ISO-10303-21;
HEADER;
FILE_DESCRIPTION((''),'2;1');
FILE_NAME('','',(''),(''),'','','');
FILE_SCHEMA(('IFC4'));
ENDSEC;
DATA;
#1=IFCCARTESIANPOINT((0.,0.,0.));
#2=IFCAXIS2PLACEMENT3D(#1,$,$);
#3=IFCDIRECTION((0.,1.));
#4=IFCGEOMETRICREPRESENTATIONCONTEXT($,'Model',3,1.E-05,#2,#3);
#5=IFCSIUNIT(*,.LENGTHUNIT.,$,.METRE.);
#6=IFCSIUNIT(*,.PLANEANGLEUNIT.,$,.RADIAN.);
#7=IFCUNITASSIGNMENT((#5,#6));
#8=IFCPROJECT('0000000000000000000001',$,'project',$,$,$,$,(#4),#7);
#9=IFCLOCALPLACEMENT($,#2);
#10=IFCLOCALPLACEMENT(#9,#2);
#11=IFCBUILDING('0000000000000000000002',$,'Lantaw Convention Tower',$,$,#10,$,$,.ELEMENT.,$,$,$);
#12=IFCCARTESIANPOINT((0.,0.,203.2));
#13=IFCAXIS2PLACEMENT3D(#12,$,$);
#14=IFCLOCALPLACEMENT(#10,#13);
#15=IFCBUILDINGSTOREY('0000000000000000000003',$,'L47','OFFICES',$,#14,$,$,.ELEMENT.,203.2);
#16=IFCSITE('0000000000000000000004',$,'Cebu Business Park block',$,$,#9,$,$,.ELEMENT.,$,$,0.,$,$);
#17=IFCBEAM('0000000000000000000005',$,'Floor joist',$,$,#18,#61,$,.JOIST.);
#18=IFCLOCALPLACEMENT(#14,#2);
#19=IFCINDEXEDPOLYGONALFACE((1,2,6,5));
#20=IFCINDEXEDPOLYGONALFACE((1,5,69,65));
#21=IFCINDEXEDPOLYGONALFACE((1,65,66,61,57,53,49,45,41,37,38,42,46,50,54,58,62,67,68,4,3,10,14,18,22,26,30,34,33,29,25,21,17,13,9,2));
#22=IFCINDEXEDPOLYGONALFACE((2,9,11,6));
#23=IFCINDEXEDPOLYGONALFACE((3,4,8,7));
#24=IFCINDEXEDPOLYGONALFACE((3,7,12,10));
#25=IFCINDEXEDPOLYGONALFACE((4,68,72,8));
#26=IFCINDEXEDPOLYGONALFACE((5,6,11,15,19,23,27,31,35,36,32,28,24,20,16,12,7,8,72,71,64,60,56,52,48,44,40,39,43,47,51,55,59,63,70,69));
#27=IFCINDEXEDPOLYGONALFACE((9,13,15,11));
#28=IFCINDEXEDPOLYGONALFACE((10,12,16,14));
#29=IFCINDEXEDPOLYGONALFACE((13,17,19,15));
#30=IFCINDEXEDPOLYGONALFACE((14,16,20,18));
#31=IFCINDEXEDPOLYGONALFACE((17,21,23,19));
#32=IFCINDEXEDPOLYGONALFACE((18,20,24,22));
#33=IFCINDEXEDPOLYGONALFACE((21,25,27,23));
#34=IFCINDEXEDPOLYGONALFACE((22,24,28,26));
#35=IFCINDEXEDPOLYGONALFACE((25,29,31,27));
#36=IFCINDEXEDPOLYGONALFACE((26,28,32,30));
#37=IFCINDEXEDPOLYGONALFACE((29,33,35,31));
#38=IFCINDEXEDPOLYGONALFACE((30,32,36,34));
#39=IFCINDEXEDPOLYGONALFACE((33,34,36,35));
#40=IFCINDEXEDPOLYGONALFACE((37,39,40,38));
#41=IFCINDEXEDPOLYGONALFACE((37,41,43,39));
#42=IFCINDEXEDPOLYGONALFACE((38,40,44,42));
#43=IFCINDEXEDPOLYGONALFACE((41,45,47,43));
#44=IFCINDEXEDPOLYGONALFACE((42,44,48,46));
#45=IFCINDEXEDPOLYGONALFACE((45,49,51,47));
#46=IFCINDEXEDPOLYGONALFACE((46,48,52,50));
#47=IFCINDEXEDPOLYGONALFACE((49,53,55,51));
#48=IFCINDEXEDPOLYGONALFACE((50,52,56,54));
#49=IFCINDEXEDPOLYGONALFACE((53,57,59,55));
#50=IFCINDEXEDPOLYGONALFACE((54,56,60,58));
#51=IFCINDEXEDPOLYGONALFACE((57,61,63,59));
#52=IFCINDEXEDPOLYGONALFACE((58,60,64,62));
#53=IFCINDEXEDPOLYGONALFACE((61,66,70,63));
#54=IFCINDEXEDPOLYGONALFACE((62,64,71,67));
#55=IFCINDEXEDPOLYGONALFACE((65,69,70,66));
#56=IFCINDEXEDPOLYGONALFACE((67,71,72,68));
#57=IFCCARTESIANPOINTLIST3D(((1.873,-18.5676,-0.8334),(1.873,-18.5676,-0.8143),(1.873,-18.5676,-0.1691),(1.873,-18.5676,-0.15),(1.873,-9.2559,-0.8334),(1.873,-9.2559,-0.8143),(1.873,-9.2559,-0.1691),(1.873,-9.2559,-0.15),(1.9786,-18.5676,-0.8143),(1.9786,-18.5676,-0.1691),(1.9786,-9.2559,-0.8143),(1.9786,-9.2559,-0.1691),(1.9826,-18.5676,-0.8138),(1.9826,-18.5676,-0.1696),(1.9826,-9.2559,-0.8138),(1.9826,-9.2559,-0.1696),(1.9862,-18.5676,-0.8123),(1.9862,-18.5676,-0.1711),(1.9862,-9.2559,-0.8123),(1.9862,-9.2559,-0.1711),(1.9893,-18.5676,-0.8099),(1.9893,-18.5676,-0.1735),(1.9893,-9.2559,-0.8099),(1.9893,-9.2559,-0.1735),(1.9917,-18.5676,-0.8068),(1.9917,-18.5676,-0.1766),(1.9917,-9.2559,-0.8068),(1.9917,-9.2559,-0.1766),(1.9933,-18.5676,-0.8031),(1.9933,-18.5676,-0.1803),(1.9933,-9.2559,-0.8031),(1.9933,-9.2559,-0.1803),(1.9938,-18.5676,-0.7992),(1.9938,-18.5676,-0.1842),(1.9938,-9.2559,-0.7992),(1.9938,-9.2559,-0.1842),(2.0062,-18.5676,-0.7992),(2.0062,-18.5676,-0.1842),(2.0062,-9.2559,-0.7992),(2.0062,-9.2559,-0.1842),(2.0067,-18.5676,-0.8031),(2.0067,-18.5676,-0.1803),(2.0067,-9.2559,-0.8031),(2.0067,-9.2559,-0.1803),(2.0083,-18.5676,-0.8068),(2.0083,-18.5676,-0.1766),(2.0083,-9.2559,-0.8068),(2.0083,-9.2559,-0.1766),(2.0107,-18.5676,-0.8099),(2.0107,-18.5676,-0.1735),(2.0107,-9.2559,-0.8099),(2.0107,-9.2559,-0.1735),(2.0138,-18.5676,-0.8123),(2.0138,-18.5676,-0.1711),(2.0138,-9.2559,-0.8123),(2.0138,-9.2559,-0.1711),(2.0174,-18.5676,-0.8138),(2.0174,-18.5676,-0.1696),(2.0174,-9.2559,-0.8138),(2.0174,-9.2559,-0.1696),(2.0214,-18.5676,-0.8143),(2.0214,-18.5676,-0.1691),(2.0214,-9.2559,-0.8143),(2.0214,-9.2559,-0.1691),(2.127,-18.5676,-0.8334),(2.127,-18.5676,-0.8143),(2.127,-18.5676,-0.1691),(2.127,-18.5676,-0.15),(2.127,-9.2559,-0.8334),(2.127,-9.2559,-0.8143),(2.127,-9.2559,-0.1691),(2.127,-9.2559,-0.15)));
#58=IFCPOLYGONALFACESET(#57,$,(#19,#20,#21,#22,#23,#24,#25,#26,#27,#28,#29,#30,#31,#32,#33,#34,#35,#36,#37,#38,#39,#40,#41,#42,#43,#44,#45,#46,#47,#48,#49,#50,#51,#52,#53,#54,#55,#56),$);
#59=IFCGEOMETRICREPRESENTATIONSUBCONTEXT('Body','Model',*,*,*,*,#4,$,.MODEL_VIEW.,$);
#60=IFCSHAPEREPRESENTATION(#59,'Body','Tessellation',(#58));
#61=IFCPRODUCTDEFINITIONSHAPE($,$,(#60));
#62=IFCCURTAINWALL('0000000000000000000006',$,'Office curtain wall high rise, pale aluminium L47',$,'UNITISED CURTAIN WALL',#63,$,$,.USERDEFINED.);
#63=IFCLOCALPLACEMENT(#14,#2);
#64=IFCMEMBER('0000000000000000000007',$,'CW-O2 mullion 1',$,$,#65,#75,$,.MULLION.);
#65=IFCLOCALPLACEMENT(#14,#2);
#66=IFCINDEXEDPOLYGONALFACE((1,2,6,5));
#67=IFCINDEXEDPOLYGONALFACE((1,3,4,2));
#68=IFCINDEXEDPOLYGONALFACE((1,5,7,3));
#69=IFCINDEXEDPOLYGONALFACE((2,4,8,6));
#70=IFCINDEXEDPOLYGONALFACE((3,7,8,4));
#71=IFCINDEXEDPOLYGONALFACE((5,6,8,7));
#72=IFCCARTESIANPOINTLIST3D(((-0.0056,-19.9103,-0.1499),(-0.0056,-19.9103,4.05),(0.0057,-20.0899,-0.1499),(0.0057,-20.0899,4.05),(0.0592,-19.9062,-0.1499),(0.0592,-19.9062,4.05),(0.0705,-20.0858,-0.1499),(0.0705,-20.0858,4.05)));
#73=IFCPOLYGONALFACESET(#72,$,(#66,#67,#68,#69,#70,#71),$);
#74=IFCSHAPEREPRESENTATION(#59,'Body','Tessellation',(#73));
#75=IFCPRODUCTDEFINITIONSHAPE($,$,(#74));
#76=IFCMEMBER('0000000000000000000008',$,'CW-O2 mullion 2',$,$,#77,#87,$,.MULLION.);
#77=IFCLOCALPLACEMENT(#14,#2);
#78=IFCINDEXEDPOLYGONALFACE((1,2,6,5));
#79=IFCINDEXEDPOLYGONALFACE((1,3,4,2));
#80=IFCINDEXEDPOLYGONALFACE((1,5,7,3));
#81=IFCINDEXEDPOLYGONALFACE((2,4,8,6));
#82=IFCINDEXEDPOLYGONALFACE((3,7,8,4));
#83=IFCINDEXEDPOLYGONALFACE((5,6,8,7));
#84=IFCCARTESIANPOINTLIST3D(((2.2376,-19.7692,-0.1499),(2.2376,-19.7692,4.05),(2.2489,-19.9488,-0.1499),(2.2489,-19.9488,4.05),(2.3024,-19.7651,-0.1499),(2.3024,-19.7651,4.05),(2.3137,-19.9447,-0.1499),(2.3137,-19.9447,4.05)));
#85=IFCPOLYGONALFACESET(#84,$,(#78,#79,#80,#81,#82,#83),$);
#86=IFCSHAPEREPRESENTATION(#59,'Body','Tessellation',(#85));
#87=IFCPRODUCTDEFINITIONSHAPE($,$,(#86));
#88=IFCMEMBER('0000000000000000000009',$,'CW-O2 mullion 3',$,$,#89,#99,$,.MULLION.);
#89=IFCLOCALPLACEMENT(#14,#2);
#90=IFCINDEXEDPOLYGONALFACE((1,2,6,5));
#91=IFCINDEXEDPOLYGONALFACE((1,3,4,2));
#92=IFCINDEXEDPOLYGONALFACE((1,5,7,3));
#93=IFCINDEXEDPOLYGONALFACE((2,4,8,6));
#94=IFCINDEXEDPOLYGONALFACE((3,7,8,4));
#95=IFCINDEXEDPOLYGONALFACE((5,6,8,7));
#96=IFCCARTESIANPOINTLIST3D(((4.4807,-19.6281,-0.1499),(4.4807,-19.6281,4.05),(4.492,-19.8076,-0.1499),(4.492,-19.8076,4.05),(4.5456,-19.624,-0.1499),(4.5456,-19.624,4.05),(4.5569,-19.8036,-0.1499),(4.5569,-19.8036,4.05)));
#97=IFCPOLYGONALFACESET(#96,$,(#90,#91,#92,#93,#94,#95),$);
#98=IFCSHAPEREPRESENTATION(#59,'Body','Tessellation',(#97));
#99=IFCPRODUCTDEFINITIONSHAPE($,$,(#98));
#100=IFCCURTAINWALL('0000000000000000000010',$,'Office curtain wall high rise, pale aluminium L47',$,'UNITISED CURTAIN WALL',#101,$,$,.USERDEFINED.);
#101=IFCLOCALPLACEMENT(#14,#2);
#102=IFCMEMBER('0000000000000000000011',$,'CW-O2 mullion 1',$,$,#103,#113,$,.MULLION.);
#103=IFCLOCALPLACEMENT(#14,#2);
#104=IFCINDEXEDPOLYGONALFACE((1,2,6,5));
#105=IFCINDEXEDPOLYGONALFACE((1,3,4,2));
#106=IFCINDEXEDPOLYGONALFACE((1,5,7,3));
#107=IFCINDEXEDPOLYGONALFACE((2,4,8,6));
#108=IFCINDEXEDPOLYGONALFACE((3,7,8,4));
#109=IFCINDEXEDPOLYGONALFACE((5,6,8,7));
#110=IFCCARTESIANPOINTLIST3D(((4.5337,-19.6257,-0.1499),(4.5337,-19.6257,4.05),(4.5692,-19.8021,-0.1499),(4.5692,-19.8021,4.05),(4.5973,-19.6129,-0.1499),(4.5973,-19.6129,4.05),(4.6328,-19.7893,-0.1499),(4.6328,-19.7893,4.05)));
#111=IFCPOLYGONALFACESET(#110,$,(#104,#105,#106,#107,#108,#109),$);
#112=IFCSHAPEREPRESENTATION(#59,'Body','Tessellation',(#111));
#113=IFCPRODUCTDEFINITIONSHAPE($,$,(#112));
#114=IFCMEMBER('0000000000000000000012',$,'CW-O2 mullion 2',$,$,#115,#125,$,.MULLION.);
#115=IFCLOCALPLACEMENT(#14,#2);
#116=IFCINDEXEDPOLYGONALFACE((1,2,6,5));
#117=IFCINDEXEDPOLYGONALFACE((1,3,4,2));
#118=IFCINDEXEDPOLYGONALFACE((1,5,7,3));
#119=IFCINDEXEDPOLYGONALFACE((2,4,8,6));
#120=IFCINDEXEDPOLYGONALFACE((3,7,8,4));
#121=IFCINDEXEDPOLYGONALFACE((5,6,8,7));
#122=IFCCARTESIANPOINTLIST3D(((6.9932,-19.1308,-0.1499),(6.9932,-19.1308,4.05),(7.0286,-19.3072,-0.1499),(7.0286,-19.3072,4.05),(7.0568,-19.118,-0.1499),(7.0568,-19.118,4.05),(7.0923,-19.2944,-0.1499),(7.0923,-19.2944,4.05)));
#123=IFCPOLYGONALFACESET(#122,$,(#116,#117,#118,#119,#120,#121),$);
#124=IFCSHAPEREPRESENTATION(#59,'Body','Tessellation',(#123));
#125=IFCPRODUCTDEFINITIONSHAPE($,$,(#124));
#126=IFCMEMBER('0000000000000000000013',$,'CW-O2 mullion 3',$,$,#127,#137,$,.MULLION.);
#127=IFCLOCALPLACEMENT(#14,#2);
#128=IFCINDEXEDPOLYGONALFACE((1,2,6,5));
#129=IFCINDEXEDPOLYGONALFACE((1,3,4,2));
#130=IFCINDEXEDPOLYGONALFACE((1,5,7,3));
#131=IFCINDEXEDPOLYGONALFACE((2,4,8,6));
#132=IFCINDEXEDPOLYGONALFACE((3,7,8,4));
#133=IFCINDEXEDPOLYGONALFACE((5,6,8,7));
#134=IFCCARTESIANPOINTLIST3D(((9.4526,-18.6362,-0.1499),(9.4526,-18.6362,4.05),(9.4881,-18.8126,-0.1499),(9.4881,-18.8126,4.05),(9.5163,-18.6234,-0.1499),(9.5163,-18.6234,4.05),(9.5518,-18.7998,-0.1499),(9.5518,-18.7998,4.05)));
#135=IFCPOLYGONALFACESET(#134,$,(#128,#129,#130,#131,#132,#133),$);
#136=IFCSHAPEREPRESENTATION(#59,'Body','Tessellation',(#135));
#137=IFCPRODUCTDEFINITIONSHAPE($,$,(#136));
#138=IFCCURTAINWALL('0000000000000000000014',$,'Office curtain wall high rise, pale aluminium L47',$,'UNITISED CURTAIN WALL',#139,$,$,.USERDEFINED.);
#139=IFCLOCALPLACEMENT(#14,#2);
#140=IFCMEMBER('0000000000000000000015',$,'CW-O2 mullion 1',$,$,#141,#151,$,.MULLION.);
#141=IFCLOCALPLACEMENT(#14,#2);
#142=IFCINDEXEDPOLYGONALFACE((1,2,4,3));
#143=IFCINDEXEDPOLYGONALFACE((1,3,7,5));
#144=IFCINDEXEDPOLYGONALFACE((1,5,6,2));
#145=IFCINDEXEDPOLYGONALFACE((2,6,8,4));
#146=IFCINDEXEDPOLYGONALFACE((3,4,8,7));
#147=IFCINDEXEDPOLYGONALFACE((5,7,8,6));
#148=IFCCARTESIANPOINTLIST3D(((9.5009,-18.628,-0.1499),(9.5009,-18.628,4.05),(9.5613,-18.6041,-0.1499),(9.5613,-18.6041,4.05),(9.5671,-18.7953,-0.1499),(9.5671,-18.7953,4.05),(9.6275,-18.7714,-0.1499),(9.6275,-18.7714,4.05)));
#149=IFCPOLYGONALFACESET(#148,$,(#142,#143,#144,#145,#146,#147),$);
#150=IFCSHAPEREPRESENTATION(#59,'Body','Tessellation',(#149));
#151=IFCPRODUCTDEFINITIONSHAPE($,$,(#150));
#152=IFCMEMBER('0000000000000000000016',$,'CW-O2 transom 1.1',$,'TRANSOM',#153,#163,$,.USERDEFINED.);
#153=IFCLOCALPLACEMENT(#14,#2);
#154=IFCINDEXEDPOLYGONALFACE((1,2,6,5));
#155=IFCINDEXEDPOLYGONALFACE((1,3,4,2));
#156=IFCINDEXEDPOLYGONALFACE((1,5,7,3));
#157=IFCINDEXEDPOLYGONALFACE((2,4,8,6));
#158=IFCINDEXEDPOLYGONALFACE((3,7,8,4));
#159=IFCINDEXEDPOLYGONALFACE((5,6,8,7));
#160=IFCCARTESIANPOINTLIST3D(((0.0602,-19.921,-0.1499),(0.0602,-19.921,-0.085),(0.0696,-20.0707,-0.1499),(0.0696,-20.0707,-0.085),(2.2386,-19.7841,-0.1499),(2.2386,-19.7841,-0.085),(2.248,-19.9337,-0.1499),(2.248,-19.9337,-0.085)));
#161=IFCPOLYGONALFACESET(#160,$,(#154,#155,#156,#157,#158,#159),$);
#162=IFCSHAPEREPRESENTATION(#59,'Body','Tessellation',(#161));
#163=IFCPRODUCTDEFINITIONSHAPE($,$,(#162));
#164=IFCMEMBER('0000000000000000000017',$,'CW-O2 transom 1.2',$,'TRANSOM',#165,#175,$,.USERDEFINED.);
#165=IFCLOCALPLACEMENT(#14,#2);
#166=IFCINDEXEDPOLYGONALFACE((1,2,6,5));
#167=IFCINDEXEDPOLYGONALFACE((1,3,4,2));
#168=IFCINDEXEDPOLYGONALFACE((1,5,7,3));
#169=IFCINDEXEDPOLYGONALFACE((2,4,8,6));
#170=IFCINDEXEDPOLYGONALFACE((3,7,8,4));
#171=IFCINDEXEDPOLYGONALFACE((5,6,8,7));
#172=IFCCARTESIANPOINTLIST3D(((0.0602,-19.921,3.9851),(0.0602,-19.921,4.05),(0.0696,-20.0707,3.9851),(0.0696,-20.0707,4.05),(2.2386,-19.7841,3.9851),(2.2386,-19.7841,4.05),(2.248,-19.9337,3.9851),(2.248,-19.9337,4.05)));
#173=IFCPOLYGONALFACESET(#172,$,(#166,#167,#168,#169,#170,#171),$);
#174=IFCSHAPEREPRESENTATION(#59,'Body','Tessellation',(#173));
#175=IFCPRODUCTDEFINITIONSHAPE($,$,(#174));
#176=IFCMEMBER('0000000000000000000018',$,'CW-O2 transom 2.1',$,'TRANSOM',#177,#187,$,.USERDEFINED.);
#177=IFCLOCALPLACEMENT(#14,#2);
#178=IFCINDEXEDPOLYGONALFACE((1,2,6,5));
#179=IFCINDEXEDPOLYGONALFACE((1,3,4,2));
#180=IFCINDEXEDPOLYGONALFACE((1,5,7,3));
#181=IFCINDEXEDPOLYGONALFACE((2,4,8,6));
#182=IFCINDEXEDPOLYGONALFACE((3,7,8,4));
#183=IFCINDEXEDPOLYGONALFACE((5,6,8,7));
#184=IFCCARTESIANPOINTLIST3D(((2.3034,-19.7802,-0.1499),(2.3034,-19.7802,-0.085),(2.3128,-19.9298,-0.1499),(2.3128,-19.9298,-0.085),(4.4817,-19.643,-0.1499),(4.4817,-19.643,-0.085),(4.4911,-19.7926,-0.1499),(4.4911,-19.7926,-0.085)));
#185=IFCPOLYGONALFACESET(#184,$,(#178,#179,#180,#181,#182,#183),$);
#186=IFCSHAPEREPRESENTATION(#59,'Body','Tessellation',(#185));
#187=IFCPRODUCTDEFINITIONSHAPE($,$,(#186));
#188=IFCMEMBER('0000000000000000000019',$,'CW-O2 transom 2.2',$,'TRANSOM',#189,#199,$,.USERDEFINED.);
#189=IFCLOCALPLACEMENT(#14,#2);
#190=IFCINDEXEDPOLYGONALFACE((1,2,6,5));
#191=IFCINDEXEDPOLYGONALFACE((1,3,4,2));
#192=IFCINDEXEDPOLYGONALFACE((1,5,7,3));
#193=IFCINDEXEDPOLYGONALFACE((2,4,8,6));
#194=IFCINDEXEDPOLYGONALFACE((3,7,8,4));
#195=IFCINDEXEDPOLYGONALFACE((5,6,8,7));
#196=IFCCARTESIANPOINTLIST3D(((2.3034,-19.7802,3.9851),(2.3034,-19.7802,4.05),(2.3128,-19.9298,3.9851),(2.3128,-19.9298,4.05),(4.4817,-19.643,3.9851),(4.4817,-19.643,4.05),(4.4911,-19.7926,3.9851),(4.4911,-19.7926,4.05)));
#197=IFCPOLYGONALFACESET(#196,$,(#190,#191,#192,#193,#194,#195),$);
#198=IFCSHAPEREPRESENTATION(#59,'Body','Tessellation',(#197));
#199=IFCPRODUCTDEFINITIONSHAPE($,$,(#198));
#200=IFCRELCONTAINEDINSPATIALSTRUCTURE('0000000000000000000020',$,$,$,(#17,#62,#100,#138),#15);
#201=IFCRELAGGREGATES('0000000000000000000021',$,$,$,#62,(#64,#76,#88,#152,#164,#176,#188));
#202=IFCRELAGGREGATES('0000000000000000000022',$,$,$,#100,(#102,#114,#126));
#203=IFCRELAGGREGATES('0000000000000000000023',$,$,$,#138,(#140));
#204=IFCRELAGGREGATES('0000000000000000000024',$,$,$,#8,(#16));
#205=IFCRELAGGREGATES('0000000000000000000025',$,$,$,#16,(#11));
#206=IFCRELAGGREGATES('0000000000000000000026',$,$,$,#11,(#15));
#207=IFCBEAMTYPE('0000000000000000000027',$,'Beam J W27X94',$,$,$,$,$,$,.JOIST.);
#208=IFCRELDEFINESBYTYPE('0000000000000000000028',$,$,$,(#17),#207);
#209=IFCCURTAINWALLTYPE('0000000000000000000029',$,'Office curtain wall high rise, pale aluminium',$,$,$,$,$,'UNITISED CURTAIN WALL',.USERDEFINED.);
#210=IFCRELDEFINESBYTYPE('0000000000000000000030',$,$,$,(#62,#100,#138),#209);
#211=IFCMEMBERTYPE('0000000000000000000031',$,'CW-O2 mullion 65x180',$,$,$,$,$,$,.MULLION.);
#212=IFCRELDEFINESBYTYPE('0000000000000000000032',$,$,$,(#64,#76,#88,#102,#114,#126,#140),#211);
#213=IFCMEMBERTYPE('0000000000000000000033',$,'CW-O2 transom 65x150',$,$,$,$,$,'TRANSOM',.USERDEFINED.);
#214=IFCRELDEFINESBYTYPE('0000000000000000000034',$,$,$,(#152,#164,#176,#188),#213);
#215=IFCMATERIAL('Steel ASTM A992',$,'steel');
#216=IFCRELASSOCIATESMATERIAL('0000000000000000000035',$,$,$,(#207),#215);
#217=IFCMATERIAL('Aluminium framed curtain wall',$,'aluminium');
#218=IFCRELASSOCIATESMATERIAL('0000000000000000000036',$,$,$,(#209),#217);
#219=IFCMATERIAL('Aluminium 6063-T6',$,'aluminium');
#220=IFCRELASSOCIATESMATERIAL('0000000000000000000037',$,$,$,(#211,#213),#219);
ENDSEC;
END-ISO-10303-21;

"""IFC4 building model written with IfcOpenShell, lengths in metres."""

from ifc_helpers import new_model, si_unit, direction, frame, origin, origin_2d, place, context, subcontext, project, spatial, rectangle, i_section, extrude, material, material_profile, profile_set, type_object, element, aggregate, save


model = new_model("IFC4")

# Units and contexts
model_context = context("Model", 3, precision=1e-05, world=origin(), true_north=direction((0.0, 1.0)))
body_context = subcontext(model_context, "Body", "Model", "MODEL_VIEW")
ifc_project = project(units=[si_unit("LENGTHUNIT", "METRE"), si_unit("PLANEANGLEUNIT", "RADIAN")], contexts=[model_context])

# Site, building, storey
site_placement = place(None, origin())
site = spatial("IfcSite", under=ifc_project, at=site_placement, Name="Cebu Business Park block", CompositionType="ELEMENT", RefElevation=0.0)
building_placement = place(site_placement, origin())
building = spatial("IfcBuilding", under=site, at=building_placement, Name="Lantaw Convention Tower", CompositionType="ELEMENT")
storey_placement = place(building_placement, frame((0.0, 0.0, 203.2)))
storey = spatial("IfcBuildingStorey", under=building, at=storey_placement, Name="L47", Description="OFFICES", CompositionType="ELEMENT", Elevation=203.2)

# Beam
ifc_material_1 = material(Name="Steel ASTM A992", Category="steel")
ifc_material_profile_1 = material_profile(ifc_material_1, i_section(OverallWidth=0.2539, OverallDepth=0.6833, WebThickness=0.0125, FlangeThickness=0.019, FilletRadius=0.0151, at=origin_2d()), Name="W27X94")
ifc_profile_set_1 = profile_set([ifc_material_profile_1], Name="Steel ASTM A992")
beam_type_1 = type_object("IfcBeamType", Name="Beam J W27X94", PredefinedType="JOIST", material=ifc_profile_set_1)
beam_1_placement = place(storey_placement, frame((2.0, -18.5676, -0.4917), z_axis=(0.0, 1.0, 0.0), x_axis=(-1.0, 0.0, 0.0)))
element("IfcBeam", 1, at=beam_1_placement, inside=storey, type_object=beam_type_1, Name="Floor joist", PredefinedType="JOIST", context=body_context, shape_type="SweptSolid", body=[
    extrude(i_section(OverallWidth=0.2539, OverallDepth=0.6833, WebThickness=0.0125, FlangeThickness=0.019, FilletRadius=0.0151, at=origin_2d()), origin(), (0.0, 0.0, 1.0), 9.3118),
])

# Curtain walls, members
ifc_material_2 = material(Name="Aluminium framed curtain wall", Category="aluminium")
curtain_wall_type = type_object("IfcCurtainWallType", Name="Office curtain wall high rise, pale aluminium", ElementType="UNITISED CURTAIN WALL", PredefinedType="USERDEFINED", material=ifc_material_2)
curtain_wall_1_placement = place(storey_placement, origin())
curtain_wall_1 = element("IfcCurtainWall", 2, at=curtain_wall_1_placement, inside=storey, type_object=curtain_wall_type, Name="Office curtain wall high rise, pale aluminium L47", ObjectType="UNITISED CURTAIN WALL", PredefinedType="USERDEFINED")
ifc_material_3 = material(Name="Aluminium 6063-T6", Category="aluminium")
ifc_material_profile_2 = material_profile(ifc_material_3, rectangle(XDim=0.1799, YDim=0.0649, at=origin_2d()), Name="CW-O2 mullion 65x180")
ifc_profile_set_2 = profile_set([ifc_material_profile_2], Name="Aluminium 6063-T6")
member_type_1 = type_object("IfcMemberType", Name="CW-O2 mullion 65x180", PredefinedType="MULLION", material=ifc_profile_set_2)
member_1_placement = place(storey_placement, frame((0.0325, -19.998, -0.1499), z_axis=(0.0, 0.0, 1.0), x_axis=(-0.062758, 0.998029, 0.0)))
member_1 = element("IfcMember", 3, at=member_1_placement, type_object=member_type_1, Name="CW-O2 mullion 1", PredefinedType="MULLION", context=body_context, shape_type="SweptSolid", body=[
    extrude(rectangle(XDim=0.1799, YDim=0.0649, at=origin_2d()), origin(), (0.0, 0.0, 1.0), 4.2),
])
member_2_placement = place(storey_placement, frame((2.2756, -19.8569, -0.1499), z_axis=(0.0, 0.0, 1.0), x_axis=(-0.062758, 0.998029, 0.0)))
member_2 = element("IfcMember", 4, at=member_2_placement, type_object=member_type_1, Name="CW-O2 mullion 2", PredefinedType="MULLION", context=body_context, shape_type="SweptSolid", body=[
    extrude(rectangle(XDim=0.1799, YDim=0.0649, at=origin_2d()), origin(), (0.0, 0.0, 1.0), 4.2),
])
member_3_placement = place(storey_placement, frame((4.5188, -19.7158, -0.1499), z_axis=(0.0, 0.0, 1.0), x_axis=(-0.062758, 0.998029, 0.0)))
member_3 = element("IfcMember", 5, at=member_3_placement, type_object=member_type_1, Name="CW-O2 mullion 3", PredefinedType="MULLION", context=body_context, shape_type="SweptSolid", body=[
    extrude(rectangle(XDim=0.1799, YDim=0.0649, at=origin_2d()), origin(), (0.0, 0.0, 1.0), 4.2),
])
curtain_wall_2_placement = place(storey_placement, origin())
curtain_wall_2 = element("IfcCurtainWall", 6, at=curtain_wall_2_placement, inside=storey, type_object=curtain_wall_type, Name="Office curtain wall high rise, pale aluminium L47", ObjectType="UNITISED CURTAIN WALL", PredefinedType="USERDEFINED")
member_4_placement = place(storey_placement, frame((4.5833, -19.7075, -0.1499), z_axis=(0.0, 0.0, 1.0), x_axis=(-0.197183, 0.980367, 0.0)))
member_4 = element("IfcMember", 7, at=member_4_placement, type_object=member_type_1, Name="CW-O2 mullion 1", PredefinedType="MULLION", context=body_context, shape_type="SweptSolid", body=[
    extrude(rectangle(XDim=0.1799, YDim=0.0649, at=origin_2d()), origin(), (0.0, 0.0, 1.0), 4.2),
])
member_5_placement = place(storey_placement, frame((7.0427, -19.2126, -0.1499), z_axis=(0.0, 0.0, 1.0), x_axis=(-0.197183, 0.980367, 0.0)))
member_5 = element("IfcMember", 8, at=member_5_placement, type_object=member_type_1, Name="CW-O2 mullion 2", PredefinedType="MULLION", context=body_context, shape_type="SweptSolid", body=[
    extrude(rectangle(XDim=0.1799, YDim=0.0649, at=origin_2d()), origin(), (0.0, 0.0, 1.0), 4.2),
])
member_6_placement = place(storey_placement, frame((9.5022, -18.718, -0.1499), z_axis=(0.0, 0.0, 1.0), x_axis=(-0.197183, 0.980367, 0.0)))
member_6 = element("IfcMember", 9, at=member_6_placement, type_object=member_type_1, Name="CW-O2 mullion 3", PredefinedType="MULLION", context=body_context, shape_type="SweptSolid", body=[
    extrude(rectangle(XDim=0.1799, YDim=0.0649, at=origin_2d()), origin(), (0.0, 0.0, 1.0), 4.2),
])

# Curtain wall, member
curtain_wall_3_placement = place(storey_placement, origin())
curtain_wall_3 = element("IfcCurtainWall", 10, at=curtain_wall_3_placement, inside=storey, type_object=curtain_wall_type, Name="Office curtain wall high rise, pale aluminium L47", ObjectType="UNITISED CURTAIN WALL", PredefinedType="USERDEFINED")
member_7_placement = place(storey_placement, frame((9.5642, -18.6997, -0.1499), z_axis=(0.0, 0.0, 1.0), x_axis=(-0.368162, 0.929762, 0.0)))
member_7 = element("IfcMember", 11, at=member_7_placement, type_object=member_type_1, Name="CW-O2 mullion 1", PredefinedType="MULLION", context=body_context, shape_type="SweptSolid", body=[
    extrude(rectangle(XDim=0.1799, YDim=0.0649, at=origin_2d()), origin(), (0.0, 0.0, 1.0), 4.2),
])

# Members
ifc_material_profile_3 = material_profile(ifc_material_3, rectangle(XDim=0.1499, YDim=0.0649, at=origin_2d()), Name="CW-O2 transom 65x150")
ifc_profile_set_3 = profile_set([ifc_material_profile_3], Name="Aluminium 6063-T6")
member_type_2 = type_object("IfcMemberType", Name="CW-O2 transom 65x150", ElementType="TRANSOM", PredefinedType="USERDEFINED", material=ifc_profile_set_3)
member_8_placement = place(storey_placement, frame((0.0649, -19.9958, -0.1174), z_axis=(0.998029, 0.062754, 0.0), x_axis=(-0.062754, 0.998029, 0.0)))
member_8 = element("IfcMember", 12, at=member_8_placement, type_object=member_type_2, Name="CW-O2 transom 1.1", ObjectType="TRANSOM", PredefinedType="USERDEFINED", context=body_context, shape_type="SweptSolid", body=[
    extrude(rectangle(XDim=0.1499, YDim=0.0649, at=origin_2d()), origin(), (0.0, 0.0, 1.0), 2.1826),
])
member_9_placement = place(storey_placement, frame((0.0649, -19.9958, 4.0176), z_axis=(0.998029, 0.062754, 0.0), x_axis=(-0.062754, 0.998029, 0.0)))
member_9 = element("IfcMember", 13, at=member_9_placement, type_object=member_type_2, Name="CW-O2 transom 1.2", ObjectType="TRANSOM", PredefinedType="USERDEFINED", context=body_context, shape_type="SweptSolid", body=[
    extrude(rectangle(XDim=0.1499, YDim=0.0649, at=origin_2d()), origin(), (0.0, 0.0, 1.0), 2.1826),
])
member_10_placement = place(storey_placement, frame((2.3081, -19.855, -0.1174), z_axis=(0.998022, 0.062866, 0.0), x_axis=(-0.062866, 0.998022, 0.0)))
member_10 = element("IfcMember", 14, at=member_10_placement, type_object=member_type_2, Name="CW-O2 transom 2.1", ObjectType="TRANSOM", PredefinedType="USERDEFINED", context=body_context, shape_type="SweptSolid", body=[
    extrude(rectangle(XDim=0.1499, YDim=0.0649, at=origin_2d()), origin(), (0.0, 0.0, 1.0), 2.1826),
])
member_11_placement = place(storey_placement, frame((2.3081, -19.855, 4.0176), z_axis=(0.998022, 0.062866, 0.0), x_axis=(-0.062866, 0.998022, 0.0)))
member_11 = element("IfcMember", 15, at=member_11_placement, type_object=member_type_2, Name="CW-O2 transom 2.2", ObjectType="TRANSOM", PredefinedType="USERDEFINED", context=body_context, shape_type="SweptSolid", body=[
    extrude(rectangle(XDim=0.1499, YDim=0.0649, at=origin_2d()), origin(), (0.0, 0.0, 1.0), 2.1826),
])

aggregate(curtain_wall_1, [member_1, member_2, member_3, member_8, member_9, member_10, member_11])
aggregate(curtain_wall_2, [member_4, member_5, member_6])
aggregate(curtain_wall_3, [member_7])

save(model, "model.ifc")
